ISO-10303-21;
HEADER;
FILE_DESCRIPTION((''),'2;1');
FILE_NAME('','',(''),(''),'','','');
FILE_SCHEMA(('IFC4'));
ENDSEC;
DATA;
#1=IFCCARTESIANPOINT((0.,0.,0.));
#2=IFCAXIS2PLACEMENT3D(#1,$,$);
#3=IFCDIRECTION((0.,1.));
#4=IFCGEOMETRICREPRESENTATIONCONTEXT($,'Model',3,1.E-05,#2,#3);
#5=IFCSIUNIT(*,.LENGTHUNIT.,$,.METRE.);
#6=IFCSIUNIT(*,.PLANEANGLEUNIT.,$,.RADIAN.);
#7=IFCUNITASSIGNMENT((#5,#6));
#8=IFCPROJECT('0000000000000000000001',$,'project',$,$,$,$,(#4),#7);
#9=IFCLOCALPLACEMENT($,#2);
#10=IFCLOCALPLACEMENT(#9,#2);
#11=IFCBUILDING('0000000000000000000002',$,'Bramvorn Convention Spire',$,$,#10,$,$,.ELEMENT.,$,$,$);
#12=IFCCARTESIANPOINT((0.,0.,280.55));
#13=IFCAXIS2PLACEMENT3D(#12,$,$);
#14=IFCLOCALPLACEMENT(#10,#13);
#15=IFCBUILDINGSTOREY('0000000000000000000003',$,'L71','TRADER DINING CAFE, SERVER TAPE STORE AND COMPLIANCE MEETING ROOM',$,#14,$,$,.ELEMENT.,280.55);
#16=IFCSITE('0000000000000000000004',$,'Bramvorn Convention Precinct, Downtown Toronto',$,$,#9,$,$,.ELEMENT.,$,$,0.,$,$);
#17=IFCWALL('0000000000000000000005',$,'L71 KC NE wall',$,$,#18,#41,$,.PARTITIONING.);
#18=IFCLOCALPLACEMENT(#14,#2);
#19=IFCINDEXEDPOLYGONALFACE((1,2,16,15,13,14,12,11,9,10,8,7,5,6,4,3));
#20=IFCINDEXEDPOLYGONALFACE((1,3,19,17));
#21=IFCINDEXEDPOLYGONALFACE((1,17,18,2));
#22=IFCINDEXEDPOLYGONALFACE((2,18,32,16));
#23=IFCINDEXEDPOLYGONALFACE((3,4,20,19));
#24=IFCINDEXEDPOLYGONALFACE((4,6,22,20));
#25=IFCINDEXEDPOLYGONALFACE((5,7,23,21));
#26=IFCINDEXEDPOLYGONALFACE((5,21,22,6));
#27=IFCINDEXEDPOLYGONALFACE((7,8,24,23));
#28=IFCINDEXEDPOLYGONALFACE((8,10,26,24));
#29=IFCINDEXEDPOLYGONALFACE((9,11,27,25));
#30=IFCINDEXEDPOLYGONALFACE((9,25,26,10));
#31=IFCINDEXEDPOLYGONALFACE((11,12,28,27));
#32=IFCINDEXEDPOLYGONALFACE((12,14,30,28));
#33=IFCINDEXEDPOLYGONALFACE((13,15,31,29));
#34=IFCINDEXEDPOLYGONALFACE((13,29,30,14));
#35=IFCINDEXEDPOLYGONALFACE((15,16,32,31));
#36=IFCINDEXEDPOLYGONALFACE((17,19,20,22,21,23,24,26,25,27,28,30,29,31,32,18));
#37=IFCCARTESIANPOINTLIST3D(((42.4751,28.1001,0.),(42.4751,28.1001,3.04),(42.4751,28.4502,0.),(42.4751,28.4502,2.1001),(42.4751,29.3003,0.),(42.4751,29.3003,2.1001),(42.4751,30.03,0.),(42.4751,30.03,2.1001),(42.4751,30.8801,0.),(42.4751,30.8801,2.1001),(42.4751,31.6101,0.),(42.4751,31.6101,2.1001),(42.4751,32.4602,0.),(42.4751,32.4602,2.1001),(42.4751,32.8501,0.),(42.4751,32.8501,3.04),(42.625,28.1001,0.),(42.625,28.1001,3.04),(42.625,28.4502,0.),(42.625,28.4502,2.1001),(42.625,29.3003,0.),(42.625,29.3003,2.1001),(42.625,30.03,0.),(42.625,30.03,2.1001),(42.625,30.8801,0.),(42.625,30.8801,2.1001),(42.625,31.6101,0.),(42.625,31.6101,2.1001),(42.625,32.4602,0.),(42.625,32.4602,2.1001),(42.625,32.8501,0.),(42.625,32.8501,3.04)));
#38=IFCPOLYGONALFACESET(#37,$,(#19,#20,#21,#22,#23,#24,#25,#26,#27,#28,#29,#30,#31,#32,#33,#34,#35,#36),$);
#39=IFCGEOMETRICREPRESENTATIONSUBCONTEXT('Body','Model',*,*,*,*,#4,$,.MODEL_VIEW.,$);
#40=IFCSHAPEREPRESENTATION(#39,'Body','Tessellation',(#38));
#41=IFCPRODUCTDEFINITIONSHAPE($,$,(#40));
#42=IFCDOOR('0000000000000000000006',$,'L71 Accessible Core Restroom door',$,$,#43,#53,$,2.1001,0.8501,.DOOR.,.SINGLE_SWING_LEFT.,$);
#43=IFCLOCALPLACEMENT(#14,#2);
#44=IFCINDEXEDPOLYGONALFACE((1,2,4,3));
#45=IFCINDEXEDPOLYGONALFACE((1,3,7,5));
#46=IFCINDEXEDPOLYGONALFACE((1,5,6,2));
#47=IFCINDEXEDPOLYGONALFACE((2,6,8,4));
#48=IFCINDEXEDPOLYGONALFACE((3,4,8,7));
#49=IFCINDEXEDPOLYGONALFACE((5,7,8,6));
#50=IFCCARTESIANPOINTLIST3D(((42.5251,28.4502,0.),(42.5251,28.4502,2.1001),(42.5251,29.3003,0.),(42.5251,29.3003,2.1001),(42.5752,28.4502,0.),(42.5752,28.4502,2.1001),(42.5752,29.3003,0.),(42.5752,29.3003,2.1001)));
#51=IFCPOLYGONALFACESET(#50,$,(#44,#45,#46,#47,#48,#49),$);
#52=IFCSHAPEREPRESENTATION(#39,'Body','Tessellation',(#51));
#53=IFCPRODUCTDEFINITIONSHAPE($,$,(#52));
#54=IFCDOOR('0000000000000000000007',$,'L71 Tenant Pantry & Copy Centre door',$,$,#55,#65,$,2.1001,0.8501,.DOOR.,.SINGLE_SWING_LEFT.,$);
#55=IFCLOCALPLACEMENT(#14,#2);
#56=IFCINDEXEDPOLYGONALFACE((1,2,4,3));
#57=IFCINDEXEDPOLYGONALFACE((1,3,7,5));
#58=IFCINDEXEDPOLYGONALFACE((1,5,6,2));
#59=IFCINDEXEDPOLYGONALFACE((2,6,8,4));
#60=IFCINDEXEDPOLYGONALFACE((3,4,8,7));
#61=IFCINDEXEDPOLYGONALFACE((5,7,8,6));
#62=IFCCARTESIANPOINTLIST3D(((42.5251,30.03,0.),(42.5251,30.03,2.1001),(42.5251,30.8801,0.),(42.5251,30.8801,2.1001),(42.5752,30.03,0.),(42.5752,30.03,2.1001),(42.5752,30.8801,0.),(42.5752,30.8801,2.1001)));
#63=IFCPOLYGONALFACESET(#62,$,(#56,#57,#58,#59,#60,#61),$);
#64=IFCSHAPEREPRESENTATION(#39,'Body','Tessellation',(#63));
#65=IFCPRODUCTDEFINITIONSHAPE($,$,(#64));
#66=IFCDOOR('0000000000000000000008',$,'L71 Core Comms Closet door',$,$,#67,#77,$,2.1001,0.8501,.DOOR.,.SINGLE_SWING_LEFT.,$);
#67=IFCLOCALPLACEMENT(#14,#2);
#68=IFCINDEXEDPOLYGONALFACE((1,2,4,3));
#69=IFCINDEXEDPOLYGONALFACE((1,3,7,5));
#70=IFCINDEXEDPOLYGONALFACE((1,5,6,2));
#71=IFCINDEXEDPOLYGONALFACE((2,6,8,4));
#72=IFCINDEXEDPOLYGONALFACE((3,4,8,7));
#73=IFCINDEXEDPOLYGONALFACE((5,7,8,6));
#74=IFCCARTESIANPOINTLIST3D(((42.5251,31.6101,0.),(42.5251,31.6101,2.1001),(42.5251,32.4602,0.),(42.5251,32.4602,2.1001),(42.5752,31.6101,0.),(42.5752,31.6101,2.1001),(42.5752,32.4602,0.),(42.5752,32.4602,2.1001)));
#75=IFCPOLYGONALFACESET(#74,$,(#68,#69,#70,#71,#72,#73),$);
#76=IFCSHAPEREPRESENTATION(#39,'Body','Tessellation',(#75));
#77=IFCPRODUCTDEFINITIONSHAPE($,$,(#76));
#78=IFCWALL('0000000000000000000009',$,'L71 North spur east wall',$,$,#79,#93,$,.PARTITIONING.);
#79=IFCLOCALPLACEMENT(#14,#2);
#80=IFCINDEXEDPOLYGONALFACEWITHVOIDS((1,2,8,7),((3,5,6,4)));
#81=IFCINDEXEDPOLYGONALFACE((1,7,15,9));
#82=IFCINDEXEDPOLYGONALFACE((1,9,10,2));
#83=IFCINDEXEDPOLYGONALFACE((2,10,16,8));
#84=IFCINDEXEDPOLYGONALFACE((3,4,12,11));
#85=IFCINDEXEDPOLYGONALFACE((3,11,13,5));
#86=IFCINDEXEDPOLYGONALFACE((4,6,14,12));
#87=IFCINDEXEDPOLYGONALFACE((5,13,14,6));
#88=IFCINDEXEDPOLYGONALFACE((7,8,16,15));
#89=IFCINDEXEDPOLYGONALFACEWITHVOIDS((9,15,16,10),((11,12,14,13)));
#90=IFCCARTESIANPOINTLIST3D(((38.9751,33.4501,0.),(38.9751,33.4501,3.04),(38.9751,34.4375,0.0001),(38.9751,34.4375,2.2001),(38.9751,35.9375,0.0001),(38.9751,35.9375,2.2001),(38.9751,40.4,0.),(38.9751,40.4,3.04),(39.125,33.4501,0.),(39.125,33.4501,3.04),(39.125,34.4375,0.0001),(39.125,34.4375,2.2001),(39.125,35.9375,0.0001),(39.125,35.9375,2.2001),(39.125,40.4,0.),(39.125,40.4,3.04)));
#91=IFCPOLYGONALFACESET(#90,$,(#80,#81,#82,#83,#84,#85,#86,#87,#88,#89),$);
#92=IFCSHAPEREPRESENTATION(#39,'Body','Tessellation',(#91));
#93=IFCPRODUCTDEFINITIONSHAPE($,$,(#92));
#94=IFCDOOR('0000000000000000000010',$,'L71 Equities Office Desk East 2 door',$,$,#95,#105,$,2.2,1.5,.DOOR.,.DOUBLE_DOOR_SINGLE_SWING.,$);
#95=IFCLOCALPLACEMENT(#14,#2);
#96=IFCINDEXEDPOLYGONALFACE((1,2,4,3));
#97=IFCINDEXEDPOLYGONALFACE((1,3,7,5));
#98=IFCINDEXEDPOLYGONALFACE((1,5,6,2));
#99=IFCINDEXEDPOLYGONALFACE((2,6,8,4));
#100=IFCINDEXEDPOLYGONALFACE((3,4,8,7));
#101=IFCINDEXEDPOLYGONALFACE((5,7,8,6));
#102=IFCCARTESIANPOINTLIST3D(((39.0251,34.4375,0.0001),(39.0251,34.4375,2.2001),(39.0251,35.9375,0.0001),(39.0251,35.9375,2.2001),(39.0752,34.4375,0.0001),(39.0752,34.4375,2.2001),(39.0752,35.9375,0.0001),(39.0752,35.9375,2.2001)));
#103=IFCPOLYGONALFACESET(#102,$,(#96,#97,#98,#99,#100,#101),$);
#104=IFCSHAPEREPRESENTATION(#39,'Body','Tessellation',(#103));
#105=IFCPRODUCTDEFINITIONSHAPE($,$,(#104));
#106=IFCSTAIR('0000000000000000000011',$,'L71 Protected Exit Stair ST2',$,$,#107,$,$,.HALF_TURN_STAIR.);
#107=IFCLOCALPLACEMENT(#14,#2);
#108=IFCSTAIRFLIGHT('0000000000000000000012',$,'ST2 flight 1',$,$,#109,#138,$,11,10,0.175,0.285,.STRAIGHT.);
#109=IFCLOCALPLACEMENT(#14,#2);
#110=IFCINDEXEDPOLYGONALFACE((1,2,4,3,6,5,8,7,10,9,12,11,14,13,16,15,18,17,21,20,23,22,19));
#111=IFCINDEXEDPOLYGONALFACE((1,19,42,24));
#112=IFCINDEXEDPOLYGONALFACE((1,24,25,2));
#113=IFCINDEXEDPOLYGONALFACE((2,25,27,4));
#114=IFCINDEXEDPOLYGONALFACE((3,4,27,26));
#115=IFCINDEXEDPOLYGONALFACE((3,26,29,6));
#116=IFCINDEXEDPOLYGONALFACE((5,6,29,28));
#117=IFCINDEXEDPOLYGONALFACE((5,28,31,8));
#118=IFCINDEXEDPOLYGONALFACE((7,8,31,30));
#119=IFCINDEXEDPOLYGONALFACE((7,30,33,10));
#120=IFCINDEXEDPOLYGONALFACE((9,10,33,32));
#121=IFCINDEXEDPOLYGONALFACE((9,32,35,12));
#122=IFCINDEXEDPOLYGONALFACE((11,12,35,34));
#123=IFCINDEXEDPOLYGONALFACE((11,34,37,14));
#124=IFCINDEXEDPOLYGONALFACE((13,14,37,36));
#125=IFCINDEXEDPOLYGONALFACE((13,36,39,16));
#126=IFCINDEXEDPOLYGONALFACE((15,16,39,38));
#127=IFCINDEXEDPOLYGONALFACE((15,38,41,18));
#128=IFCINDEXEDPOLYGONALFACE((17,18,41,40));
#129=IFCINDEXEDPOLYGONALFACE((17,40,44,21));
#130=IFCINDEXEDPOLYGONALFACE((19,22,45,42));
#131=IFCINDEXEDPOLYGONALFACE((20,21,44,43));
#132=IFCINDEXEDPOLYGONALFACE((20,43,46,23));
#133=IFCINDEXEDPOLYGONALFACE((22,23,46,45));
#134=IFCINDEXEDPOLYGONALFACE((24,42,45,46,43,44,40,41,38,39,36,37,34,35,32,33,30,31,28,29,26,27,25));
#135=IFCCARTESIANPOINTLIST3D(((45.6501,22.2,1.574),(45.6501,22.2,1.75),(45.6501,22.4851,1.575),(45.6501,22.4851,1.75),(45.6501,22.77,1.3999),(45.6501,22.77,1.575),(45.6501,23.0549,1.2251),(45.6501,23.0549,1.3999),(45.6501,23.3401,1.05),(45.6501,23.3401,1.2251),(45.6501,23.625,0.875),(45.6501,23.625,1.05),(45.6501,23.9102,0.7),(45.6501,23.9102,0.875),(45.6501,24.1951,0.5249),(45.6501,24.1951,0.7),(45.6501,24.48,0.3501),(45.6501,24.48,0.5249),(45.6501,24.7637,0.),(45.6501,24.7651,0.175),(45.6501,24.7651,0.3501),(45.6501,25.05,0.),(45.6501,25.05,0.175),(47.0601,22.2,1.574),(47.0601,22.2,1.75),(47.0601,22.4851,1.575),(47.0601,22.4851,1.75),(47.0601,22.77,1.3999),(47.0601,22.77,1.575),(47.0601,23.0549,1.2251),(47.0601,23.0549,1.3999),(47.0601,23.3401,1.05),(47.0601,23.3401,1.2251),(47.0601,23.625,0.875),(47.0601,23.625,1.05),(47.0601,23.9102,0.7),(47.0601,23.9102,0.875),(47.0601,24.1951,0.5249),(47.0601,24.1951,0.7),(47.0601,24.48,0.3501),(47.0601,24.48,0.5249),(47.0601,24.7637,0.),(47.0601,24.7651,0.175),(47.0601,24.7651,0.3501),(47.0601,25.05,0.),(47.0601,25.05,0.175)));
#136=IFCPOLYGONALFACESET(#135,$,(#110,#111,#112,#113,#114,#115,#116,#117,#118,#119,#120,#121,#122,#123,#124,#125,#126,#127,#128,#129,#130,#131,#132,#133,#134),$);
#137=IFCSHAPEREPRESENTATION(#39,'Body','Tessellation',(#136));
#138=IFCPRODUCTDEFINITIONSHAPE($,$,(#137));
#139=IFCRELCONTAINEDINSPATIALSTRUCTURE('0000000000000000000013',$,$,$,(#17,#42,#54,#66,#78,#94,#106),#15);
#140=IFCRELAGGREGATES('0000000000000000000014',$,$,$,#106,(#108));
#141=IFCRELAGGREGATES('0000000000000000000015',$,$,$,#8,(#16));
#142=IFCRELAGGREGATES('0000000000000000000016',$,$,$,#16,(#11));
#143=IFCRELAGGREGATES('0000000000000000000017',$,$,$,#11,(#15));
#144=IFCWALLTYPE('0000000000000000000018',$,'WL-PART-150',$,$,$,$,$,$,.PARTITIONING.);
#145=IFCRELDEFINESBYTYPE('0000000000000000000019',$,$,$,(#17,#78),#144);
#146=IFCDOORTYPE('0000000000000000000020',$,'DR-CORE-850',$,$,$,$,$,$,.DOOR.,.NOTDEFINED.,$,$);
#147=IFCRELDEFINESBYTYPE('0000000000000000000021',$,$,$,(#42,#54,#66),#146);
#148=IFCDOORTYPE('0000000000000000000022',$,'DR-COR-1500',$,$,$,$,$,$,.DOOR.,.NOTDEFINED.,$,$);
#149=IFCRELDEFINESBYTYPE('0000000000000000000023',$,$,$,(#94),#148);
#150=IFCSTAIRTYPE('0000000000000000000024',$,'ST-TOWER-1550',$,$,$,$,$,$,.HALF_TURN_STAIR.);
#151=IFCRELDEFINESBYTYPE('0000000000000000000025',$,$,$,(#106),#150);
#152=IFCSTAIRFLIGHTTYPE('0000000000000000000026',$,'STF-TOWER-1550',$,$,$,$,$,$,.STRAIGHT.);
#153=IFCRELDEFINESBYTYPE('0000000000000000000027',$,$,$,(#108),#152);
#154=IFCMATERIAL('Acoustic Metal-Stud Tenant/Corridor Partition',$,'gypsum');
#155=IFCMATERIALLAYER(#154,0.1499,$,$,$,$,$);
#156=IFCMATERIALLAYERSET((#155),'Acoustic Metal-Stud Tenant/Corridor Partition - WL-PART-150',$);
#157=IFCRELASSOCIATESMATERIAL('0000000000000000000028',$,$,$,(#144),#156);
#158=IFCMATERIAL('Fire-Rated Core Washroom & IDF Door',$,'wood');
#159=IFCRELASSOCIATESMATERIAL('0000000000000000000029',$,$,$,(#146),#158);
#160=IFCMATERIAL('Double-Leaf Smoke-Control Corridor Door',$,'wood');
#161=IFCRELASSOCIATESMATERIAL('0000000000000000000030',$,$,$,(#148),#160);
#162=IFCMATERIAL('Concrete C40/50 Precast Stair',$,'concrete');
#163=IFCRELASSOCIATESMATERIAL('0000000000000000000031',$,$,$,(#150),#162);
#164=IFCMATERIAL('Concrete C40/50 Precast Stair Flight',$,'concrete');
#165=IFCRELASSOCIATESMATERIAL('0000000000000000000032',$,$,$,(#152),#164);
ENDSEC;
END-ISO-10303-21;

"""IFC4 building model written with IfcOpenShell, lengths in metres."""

from ifc_helpers import new_model, si_unit, direction, frame, frame_2d, origin, place, context, subcontext, project, spatial, polyline, rectangle, outline, extrude, material, layer, layer_set, type_object, element, fill, aggregate, save


model = new_model("IFC4")

# Units and contexts
model_context = context("Model", 3, precision=1e-05, world=origin(), true_north=direction((0.0, 1.0)))
body_context = subcontext(model_context, "Body", "Model", "MODEL_VIEW")
ifc_project = project(units=[si_unit("LENGTHUNIT", "METRE"), si_unit("PLANEANGLEUNIT", "RADIAN")], contexts=[model_context])

# Site, building, storey
site_placement = place(None, origin())
site = spatial("IfcSite", under=ifc_project, at=site_placement, Name="Bramvorn Convention Precinct, Downtown Toronto", CompositionType="ELEMENT", RefElevation=0.0)
building_placement = place(site_placement, origin())
building = spatial("IfcBuilding", under=site, at=building_placement, Name="Bramvorn Convention Spire", CompositionType="ELEMENT")
storey_placement = place(building_placement, frame((0.0, 0.0, 280.55)))
storey = spatial("IfcBuildingStorey", under=building, at=storey_placement, Name="L71", Description="TRADER DINING CAFE, SERVER TAPE STORE AND COMPLIANCE MEETING ROOM", CompositionType="ELEMENT", Elevation=280.55)

# Shared definitions
ifc_material_1 = material(Name="Acoustic Metal-Stud Tenant/Corridor Partition", Category="gypsum")
ifc_layer_1 = layer(ifc_material_1, 0.1499)
ifc_layer_set_1 = layer_set([ifc_layer_1], Name="Acoustic Metal-Stud Tenant/Corridor Partition - WL-PART-150")
wall_type_1 = type_object("IfcWallType", Name="WL-PART-150", PredefinedType="PARTITIONING", material=ifc_layer_set_1)
ifc_material_2 = material(Name="Fire-Rated Core Washroom & IDF Door", Category="wood")
door_type_1 = type_object("IfcDoorType", Name="DR-CORE-850", OperationType="NOTDEFINED", PredefinedType="DOOR", material=ifc_material_2)

# Wall, openings, doors
wall_1_placement = place(storey_placement, frame((42.55, 28.1001, 0.0), z_axis=(0.0, 0.0, 1.0), x_axis=(0.0, 1.0, 0.0)))
wall_1 = element("IfcWall", 1, at=wall_1_placement, inside=storey, type_object=wall_type_1, Name="L71 KC NE wall", PredefinedType="PARTITIONING", context=body_context, shape_type="SweptSolid", body=[
    extrude(rectangle(XDim=4.75, YDim=0.1499, at=frame_2d((2.375, 0.0))), origin(), (0.0, 0.0, 1.0), 3.04),
])
opening_1_placement = place(wall_1_placement, frame((0.3501, 0.0, 0.0)))
opening_1 = element("IfcOpeningElement", 2, at=opening_1_placement, cuts=wall_1, PredefinedType="OPENING", context=body_context, shape_type="SweptSolid", body=[
    extrude(rectangle(XDim=0.8501, YDim=2.1001, at=frame_2d((0.425, 1.05))), frame((0.0, 0.085, 0.0), z_axis=(0.0, -1.0, 0.0), x_axis=(1.0, 0.0, 0.0)), (0.0, 0.0, 1.0), 0.1699),
])
opening_2_placement = place(wall_1_placement, frame((1.9299, 0.0, 0.0)))
opening_2 = element("IfcOpeningElement", 3, at=opening_2_placement, cuts=wall_1, PredefinedType="OPENING", context=body_context, shape_type="SweptSolid", body=[
    extrude(rectangle(XDim=0.8501, YDim=2.1001, at=frame_2d((0.425, 1.05))), frame((0.0, 0.085, 0.0), z_axis=(0.0, -1.0, 0.0), x_axis=(1.0, 0.0, 0.0)), (0.0, 0.0, 1.0), 0.1699),
])
opening_3_placement = place(wall_1_placement, frame((3.51, 0.0, 0.0)))
opening_3 = element("IfcOpeningElement", 4, at=opening_3_placement, cuts=wall_1, PredefinedType="OPENING", context=body_context, shape_type="SweptSolid", body=[
    extrude(rectangle(XDim=0.8501, YDim=2.1001, at=frame_2d((0.425, 1.05))), frame((0.0, 0.085, 0.0), z_axis=(0.0, -1.0, 0.0), x_axis=(1.0, 0.0, 0.0)), (0.0, 0.0, 1.0), 0.1699),
])
door_1_placement = place(opening_1_placement, origin())
door_1 = element("IfcDoor", 5, at=door_1_placement, inside=storey, type_object=door_type_1, Name="L71 Accessible Core Restroom door", OperationType="SINGLE_SWING_LEFT", OverallHeight=2.1001, OverallWidth=0.8501, PredefinedType="DOOR", context=body_context, shape_type="SweptSolid", body=[
    extrude(rectangle(XDim=0.8501, YDim=2.1001, at=frame_2d((0.425, 1.05))), frame((0.0, 0.0249, 0.0), z_axis=(0.0, -1.0, 0.0), x_axis=(1.0, 0.0, 0.0)), (0.0, 0.0, 1.0), 0.05),
])
fill(opening_1, door_1)
door_2_placement = place(opening_2_placement, origin())
door_2 = element("IfcDoor", 6, at=door_2_placement, inside=storey, type_object=door_type_1, Name="L71 Tenant Pantry & Copy Centre door", OperationType="SINGLE_SWING_LEFT", OverallHeight=2.1001, OverallWidth=0.8501, PredefinedType="DOOR", context=body_context, shape_type="SweptSolid", body=[
    extrude(rectangle(XDim=0.8501, YDim=2.1001, at=frame_2d((0.425, 1.05))), frame((0.0, 0.0249, 0.0), z_axis=(0.0, -1.0, 0.0), x_axis=(1.0, 0.0, 0.0)), (0.0, 0.0, 1.0), 0.05),
])
fill(opening_2, door_2)
door_3_placement = place(opening_3_placement, origin())
door_3 = element("IfcDoor", 7, at=door_3_placement, inside=storey, type_object=door_type_1, Name="L71 Core Comms Closet door", OperationType="SINGLE_SWING_LEFT", OverallHeight=2.1001, OverallWidth=0.8501, PredefinedType="DOOR", context=body_context, shape_type="SweptSolid", body=[
    extrude(rectangle(XDim=0.8501, YDim=2.1001, at=frame_2d((0.425, 1.05))), frame((0.0, 0.0249, 0.0), z_axis=(0.0, -1.0, 0.0), x_axis=(1.0, 0.0, 0.0)), (0.0, 0.0, 1.0), 0.05),
])
fill(opening_3, door_3)

# Wall, opening, door
wall_2_placement = place(storey_placement, frame((39.05, 33.45, 0.0), z_axis=(0.0, 0.0, 1.0), x_axis=(0.0, 1.0, 0.0)))
wall_2 = element("IfcWall", 8, at=wall_2_placement, inside=storey, type_object=wall_type_1, Name="L71 North spur east wall", PredefinedType="PARTITIONING", context=body_context, shape_type="SweptSolid", body=[
    extrude(rectangle(XDim=6.95, YDim=0.1499, at=frame_2d((3.4751, 0.0))), origin(), (0.0, 0.0, 1.0), 3.04),
])
opening_4_placement = place(wall_2_placement, frame((0.9875, 0.0, 0.0)))
opening_4 = element("IfcOpeningElement", 9, at=opening_4_placement, cuts=wall_2, PredefinedType="OPENING", context=body_context, shape_type="SweptSolid", body=[
    extrude(rectangle(XDim=1.5, YDim=2.2, at=frame_2d((0.75, 1.1001))), frame((0.0, 0.085, 0.0), z_axis=(0.0, -1.0, 0.0), x_axis=(1.0, 0.0, 0.0)), (0.0, 0.0, 1.0), 0.1699),
])
ifc_material_3 = material(Name="Double-Leaf Smoke-Control Corridor Door", Category="wood")
door_type_2 = type_object("IfcDoorType", Name="DR-COR-1500", OperationType="NOTDEFINED", PredefinedType="DOOR", material=ifc_material_3)
door_4_placement = place(opening_4_placement, origin())
door_4 = element("IfcDoor", 10, at=door_4_placement, inside=storey, type_object=door_type_2, Name="L71 Equities Office Desk East 2 door", OperationType="DOUBLE_DOOR_SINGLE_SWING", OverallHeight=2.2, OverallWidth=1.5, PredefinedType="DOOR", context=body_context, shape_type="SweptSolid", body=[
    extrude(rectangle(XDim=1.5, YDim=2.2, at=frame_2d((0.75, 1.1001))), frame((0.0, 0.0249, 0.0), z_axis=(0.0, -1.0, 0.0), x_axis=(1.0, 0.0, 0.0)), (0.0, 0.0, 1.0), 0.05),
])
fill(opening_4, door_4)

# Stair, stair flight
ifc_material_4 = material(Name="Concrete C40/50 Precast Stair", Category="concrete")
stair_type = type_object("IfcStairType", Name="ST-TOWER-1550", PredefinedType="HALF_TURN_STAIR", material=ifc_material_4)
stair_placement = place(storey_placement, origin())
stair = element("IfcStair", 11, at=stair_placement, inside=storey, type_object=stair_type, Name="L71 Protected Exit Stair ST2", PredefinedType="HALF_TURN_STAIR")
ifc_material_5 = material(Name="Concrete C40/50 Precast Stair Flight", Category="concrete")
stair_flight_type = type_object("IfcStairFlightType", Name="STF-TOWER-1550", PredefinedType="STRAIGHT", material=ifc_material_5)
stair_flight_placement = place(storey_placement, frame((46.355, 25.05, 0.0), z_axis=(0.0, 0.0, 1.0), x_axis=(0.0, -1.0, 0.0)))
stair_flight = element("IfcStairFlight", 12, at=stair_flight_placement, type_object=stair_flight_type, Name="ST2 flight 1", NumberOfRisers=11, NumberOfTreads=10, PredefinedType="STRAIGHT", RiserHeight=0.175, TreadLength=0.285, context=body_context, shape_type="SweptSolid", body=[
    extrude(outline(polyline([(0.0, 0.0), (0.0, 0.175), (0.2849, 0.175), (0.2849, 0.3501), (0.5701, 0.3501), (0.5701, 0.5249), (0.855, 0.5249), (0.855, 0.7), (1.1399, 0.7), (1.1399, 0.875), (1.425, 0.875), (1.425, 1.05), (1.71, 1.05), (1.71, 1.2251), (1.9951, 1.2251), (1.9951, 1.3999), (2.28, 1.3999), (2.28, 1.575), (2.5649, 1.575), (2.5649, 1.75), (2.8501, 1.75), (2.8501, 1.925), (2.8501, 1.574), (0.2864, 0.0), (0.0, 0.0)])), frame((0.0, 0.7051, 0.0), z_axis=(0.0, -1.0, 0.0), x_axis=(1.0, 0.0, 0.0)), (0.0, 0.0, 1.0), 1.4099),
])
aggregate(stair, [stair_flight])

save(model, "model.ifc")
